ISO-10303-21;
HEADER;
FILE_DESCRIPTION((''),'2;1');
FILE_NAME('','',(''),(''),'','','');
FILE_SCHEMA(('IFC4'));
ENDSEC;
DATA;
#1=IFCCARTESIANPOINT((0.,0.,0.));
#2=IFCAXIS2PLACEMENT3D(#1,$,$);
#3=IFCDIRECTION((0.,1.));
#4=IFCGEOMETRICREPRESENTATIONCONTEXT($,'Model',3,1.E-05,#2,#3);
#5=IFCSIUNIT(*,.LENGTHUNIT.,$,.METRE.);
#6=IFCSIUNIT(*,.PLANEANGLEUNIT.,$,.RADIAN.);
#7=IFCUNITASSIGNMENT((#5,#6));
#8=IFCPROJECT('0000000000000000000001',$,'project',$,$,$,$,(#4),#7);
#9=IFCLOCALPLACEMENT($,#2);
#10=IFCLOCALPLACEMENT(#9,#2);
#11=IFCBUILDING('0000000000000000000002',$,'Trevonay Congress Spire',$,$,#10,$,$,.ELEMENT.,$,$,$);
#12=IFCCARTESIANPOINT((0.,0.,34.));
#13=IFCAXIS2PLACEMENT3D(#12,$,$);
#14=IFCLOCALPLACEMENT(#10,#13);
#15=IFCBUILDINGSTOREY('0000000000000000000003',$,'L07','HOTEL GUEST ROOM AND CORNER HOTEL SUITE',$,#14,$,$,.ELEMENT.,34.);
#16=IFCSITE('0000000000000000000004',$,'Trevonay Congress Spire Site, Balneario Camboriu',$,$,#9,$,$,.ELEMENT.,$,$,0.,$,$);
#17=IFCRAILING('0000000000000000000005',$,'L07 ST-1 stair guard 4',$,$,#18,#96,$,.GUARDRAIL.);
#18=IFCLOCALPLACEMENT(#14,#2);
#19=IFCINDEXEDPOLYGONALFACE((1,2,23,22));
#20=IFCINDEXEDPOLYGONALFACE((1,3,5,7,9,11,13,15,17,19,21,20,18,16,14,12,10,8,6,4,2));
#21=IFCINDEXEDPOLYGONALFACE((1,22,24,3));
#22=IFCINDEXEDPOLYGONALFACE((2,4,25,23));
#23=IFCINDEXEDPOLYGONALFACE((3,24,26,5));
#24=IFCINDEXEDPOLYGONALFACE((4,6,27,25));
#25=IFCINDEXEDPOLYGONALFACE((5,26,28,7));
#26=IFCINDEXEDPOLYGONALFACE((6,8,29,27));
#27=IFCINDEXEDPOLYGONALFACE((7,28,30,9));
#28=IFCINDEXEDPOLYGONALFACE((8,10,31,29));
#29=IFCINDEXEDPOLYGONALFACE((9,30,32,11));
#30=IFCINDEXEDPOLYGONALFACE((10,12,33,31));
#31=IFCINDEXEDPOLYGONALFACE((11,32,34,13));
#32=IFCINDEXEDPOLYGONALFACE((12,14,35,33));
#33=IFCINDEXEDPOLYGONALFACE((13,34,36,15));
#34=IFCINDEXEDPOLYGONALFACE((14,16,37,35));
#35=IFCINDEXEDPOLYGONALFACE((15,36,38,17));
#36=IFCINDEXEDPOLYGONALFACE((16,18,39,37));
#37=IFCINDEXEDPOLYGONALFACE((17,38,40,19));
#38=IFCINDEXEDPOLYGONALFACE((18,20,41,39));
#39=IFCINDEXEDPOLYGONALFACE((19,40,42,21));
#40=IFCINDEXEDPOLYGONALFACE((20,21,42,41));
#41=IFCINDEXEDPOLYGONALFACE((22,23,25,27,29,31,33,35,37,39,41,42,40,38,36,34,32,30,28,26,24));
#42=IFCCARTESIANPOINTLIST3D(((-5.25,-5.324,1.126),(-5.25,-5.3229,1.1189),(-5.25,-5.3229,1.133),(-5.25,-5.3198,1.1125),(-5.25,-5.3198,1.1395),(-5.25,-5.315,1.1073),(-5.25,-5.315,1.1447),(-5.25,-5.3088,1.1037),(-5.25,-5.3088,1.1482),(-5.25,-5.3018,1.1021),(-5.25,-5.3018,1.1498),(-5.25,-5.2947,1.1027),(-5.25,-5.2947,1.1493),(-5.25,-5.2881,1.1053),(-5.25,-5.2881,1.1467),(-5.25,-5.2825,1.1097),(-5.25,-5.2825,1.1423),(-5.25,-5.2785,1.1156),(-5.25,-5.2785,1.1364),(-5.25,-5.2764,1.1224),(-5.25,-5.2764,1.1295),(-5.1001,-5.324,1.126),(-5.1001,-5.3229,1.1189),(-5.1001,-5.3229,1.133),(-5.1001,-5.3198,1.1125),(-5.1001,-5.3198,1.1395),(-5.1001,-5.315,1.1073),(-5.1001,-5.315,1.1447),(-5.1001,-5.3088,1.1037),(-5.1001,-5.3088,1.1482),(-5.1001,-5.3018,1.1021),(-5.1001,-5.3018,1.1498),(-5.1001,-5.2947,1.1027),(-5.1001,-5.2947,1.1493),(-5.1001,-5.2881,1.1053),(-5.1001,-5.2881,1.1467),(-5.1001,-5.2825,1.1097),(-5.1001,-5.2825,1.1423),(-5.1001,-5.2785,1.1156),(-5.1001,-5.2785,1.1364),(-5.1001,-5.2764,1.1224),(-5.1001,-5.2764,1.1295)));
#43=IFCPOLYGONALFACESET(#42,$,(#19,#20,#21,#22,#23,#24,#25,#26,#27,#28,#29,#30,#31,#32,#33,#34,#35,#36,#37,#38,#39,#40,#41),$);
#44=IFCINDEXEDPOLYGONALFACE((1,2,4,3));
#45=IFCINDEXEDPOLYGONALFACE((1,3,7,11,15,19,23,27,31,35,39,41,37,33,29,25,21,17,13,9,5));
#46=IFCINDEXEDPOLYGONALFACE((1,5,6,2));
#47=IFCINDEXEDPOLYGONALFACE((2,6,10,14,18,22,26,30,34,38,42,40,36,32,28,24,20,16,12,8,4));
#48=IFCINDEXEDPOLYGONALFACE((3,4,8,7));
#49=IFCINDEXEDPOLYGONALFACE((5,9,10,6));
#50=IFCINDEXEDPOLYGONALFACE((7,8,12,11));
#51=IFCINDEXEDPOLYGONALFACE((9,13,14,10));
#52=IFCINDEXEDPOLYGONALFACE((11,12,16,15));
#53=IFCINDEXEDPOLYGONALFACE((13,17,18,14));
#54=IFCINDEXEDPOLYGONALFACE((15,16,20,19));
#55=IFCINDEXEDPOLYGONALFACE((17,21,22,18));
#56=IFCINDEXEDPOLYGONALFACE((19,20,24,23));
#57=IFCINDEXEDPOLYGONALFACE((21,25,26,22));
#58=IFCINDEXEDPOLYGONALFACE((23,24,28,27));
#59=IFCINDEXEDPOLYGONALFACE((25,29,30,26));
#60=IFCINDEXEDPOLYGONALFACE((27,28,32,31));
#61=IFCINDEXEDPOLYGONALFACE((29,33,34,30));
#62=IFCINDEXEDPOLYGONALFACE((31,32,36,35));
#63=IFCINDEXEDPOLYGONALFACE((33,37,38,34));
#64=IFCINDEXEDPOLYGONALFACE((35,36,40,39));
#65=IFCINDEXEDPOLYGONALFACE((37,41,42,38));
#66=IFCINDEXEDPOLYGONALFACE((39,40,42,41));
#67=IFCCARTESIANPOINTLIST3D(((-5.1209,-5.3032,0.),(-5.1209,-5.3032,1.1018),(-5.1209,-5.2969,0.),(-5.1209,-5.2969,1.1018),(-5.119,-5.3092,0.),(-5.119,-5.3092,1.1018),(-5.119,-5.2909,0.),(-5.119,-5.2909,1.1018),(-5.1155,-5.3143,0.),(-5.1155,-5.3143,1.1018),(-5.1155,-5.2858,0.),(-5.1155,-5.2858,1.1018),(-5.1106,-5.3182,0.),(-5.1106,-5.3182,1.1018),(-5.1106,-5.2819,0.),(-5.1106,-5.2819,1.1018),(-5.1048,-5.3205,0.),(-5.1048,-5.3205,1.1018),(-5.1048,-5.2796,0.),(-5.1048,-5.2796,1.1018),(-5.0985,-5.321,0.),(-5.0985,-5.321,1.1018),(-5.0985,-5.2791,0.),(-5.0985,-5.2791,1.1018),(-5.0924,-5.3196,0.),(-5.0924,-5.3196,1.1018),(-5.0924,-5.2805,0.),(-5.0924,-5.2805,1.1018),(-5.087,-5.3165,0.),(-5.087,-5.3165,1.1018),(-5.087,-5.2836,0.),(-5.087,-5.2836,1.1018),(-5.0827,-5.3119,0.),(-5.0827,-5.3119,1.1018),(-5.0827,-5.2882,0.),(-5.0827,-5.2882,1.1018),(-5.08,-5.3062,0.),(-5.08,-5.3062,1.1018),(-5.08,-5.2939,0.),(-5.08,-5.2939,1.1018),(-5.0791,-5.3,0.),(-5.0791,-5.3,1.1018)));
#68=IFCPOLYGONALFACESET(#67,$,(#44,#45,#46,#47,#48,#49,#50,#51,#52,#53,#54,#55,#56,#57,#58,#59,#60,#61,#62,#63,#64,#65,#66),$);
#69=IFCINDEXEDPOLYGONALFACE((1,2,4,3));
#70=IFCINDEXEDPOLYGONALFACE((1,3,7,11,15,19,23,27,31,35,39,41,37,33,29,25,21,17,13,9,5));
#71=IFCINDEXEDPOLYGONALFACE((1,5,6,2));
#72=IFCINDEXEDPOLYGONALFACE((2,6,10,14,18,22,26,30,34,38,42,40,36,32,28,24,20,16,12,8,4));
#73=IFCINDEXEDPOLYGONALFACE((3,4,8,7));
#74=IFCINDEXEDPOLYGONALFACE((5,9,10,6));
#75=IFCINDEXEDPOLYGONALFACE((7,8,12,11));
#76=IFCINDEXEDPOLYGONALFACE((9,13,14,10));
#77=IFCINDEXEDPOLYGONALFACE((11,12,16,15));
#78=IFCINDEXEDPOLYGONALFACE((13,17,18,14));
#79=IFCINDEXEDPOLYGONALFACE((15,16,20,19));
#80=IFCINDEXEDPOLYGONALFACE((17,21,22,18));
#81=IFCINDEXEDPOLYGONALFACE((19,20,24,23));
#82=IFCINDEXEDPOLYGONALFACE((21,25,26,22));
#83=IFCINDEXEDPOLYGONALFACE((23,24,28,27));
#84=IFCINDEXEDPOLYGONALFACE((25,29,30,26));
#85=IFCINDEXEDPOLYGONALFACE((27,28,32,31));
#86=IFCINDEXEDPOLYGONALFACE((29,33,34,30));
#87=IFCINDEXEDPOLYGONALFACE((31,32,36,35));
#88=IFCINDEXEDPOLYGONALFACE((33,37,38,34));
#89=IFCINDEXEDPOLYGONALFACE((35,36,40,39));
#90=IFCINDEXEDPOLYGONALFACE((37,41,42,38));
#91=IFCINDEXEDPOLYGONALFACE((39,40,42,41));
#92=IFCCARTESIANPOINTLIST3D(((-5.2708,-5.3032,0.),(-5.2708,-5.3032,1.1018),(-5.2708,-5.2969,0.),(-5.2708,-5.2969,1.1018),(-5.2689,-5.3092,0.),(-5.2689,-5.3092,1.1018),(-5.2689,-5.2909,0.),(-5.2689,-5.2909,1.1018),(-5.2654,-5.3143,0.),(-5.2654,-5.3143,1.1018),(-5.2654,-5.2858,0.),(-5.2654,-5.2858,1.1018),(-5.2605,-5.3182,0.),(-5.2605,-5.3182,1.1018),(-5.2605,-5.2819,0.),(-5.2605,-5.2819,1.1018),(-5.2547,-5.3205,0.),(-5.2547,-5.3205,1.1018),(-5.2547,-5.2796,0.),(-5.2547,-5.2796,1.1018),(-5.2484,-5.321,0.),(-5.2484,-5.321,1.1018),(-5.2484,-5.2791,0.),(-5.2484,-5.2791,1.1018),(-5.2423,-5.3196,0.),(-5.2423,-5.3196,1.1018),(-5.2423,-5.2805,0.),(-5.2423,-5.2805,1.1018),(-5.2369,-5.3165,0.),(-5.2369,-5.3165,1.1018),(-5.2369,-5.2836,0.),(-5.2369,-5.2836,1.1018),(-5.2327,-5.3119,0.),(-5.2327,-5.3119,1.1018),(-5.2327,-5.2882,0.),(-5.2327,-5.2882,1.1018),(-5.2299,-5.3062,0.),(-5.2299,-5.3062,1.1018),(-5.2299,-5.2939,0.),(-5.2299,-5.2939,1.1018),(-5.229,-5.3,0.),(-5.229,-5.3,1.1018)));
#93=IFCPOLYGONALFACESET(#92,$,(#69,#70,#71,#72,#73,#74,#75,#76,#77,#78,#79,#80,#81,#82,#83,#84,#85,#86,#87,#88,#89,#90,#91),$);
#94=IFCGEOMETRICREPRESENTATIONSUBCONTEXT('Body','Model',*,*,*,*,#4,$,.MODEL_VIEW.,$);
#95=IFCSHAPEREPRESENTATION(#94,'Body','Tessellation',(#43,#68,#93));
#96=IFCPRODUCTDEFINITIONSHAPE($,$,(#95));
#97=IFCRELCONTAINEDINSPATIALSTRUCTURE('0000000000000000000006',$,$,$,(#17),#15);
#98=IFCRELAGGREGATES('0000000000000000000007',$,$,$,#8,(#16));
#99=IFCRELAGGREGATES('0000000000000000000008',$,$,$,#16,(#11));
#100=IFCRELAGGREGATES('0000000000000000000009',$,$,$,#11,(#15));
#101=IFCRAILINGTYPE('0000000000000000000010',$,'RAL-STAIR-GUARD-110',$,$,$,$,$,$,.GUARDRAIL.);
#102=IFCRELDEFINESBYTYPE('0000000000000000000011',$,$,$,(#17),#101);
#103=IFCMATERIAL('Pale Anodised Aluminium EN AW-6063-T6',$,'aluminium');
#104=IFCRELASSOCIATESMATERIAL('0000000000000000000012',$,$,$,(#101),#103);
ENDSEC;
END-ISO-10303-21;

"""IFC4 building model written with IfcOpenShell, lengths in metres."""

from ifc_helpers import new_model, si_unit, direction, frame, origin, origin_2d, place, context, subcontext, project, spatial, circle, extrude, material, type_object, element, save


model = new_model("IFC4")

# Units and contexts
model_context = context("Model", 3, precision=1e-05, world=origin(), true_north=direction((0.0, 1.0)))
body_context = subcontext(model_context, "Body", "Model", "MODEL_VIEW")
ifc_project = project(units=[si_unit("LENGTHUNIT", "METRE"), si_unit("PLANEANGLEUNIT", "RADIAN")], contexts=[model_context])

# Site, building, storey
site_placement = place(None, origin())
site = spatial("IfcSite", under=ifc_project, at=site_placement, Name="Trevonay Congress Spire Site, Balneario Camboriu", CompositionType="ELEMENT", RefElevation=0.0)
building_placement = place(site_placement, origin())
building = spatial("IfcBuilding", under=site, at=building_placement, Name="Trevonay Congress Spire", CompositionType="ELEMENT")
storey_placement = place(building_placement, frame((0.0, 0.0, 34.0)))
storey = spatial("IfcBuildingStorey", under=building, at=storey_placement, Name="L07", Description="HOTEL GUEST ROOM AND CORNER HOTEL SUITE", CompositionType="ELEMENT", Elevation=34.0)

# Shared definitions
ifc_material_1 = material(Name="Pale Anodised Aluminium EN AW-6063-T6", Category="aluminium")

# Railing
railing_type_1 = type_object("IfcRailingType", Name="RAL-STAIR-GUARD-110", PredefinedType="GUARDRAIL", material=ifc_material_1)
railing_1_placement = place(storey_placement, frame((-5.1001, -5.3, 0.0)))
element("IfcRailing", 1, at=railing_1_placement, inside=storey, type_object=railing_type_1, Name="L07 ST-1 stair guard 4", PredefinedType="GUARDRAIL", context=body_context, shape_type="SweptSolid", body=[
    extrude(circle(Radius=0.0239, at=origin_2d()), frame((0.0, 0.0, 1.126), z_axis=(-1.0, 0.0, 0.0), x_axis=(0.0, -1.0, 0.0)), (0.0, 0.0, 1.0), 0.1499),
    extrude(circle(Radius=0.021, at=origin_2d()), origin(), (0.0, 0.0, 1.0), 1.1018),
    extrude(circle(Radius=0.021, at=origin_2d()), frame((-0.1499, 0.0, 0.0)), (0.0, 0.0, 1.0), 1.1018),
])

save(model, "model.ifc")
